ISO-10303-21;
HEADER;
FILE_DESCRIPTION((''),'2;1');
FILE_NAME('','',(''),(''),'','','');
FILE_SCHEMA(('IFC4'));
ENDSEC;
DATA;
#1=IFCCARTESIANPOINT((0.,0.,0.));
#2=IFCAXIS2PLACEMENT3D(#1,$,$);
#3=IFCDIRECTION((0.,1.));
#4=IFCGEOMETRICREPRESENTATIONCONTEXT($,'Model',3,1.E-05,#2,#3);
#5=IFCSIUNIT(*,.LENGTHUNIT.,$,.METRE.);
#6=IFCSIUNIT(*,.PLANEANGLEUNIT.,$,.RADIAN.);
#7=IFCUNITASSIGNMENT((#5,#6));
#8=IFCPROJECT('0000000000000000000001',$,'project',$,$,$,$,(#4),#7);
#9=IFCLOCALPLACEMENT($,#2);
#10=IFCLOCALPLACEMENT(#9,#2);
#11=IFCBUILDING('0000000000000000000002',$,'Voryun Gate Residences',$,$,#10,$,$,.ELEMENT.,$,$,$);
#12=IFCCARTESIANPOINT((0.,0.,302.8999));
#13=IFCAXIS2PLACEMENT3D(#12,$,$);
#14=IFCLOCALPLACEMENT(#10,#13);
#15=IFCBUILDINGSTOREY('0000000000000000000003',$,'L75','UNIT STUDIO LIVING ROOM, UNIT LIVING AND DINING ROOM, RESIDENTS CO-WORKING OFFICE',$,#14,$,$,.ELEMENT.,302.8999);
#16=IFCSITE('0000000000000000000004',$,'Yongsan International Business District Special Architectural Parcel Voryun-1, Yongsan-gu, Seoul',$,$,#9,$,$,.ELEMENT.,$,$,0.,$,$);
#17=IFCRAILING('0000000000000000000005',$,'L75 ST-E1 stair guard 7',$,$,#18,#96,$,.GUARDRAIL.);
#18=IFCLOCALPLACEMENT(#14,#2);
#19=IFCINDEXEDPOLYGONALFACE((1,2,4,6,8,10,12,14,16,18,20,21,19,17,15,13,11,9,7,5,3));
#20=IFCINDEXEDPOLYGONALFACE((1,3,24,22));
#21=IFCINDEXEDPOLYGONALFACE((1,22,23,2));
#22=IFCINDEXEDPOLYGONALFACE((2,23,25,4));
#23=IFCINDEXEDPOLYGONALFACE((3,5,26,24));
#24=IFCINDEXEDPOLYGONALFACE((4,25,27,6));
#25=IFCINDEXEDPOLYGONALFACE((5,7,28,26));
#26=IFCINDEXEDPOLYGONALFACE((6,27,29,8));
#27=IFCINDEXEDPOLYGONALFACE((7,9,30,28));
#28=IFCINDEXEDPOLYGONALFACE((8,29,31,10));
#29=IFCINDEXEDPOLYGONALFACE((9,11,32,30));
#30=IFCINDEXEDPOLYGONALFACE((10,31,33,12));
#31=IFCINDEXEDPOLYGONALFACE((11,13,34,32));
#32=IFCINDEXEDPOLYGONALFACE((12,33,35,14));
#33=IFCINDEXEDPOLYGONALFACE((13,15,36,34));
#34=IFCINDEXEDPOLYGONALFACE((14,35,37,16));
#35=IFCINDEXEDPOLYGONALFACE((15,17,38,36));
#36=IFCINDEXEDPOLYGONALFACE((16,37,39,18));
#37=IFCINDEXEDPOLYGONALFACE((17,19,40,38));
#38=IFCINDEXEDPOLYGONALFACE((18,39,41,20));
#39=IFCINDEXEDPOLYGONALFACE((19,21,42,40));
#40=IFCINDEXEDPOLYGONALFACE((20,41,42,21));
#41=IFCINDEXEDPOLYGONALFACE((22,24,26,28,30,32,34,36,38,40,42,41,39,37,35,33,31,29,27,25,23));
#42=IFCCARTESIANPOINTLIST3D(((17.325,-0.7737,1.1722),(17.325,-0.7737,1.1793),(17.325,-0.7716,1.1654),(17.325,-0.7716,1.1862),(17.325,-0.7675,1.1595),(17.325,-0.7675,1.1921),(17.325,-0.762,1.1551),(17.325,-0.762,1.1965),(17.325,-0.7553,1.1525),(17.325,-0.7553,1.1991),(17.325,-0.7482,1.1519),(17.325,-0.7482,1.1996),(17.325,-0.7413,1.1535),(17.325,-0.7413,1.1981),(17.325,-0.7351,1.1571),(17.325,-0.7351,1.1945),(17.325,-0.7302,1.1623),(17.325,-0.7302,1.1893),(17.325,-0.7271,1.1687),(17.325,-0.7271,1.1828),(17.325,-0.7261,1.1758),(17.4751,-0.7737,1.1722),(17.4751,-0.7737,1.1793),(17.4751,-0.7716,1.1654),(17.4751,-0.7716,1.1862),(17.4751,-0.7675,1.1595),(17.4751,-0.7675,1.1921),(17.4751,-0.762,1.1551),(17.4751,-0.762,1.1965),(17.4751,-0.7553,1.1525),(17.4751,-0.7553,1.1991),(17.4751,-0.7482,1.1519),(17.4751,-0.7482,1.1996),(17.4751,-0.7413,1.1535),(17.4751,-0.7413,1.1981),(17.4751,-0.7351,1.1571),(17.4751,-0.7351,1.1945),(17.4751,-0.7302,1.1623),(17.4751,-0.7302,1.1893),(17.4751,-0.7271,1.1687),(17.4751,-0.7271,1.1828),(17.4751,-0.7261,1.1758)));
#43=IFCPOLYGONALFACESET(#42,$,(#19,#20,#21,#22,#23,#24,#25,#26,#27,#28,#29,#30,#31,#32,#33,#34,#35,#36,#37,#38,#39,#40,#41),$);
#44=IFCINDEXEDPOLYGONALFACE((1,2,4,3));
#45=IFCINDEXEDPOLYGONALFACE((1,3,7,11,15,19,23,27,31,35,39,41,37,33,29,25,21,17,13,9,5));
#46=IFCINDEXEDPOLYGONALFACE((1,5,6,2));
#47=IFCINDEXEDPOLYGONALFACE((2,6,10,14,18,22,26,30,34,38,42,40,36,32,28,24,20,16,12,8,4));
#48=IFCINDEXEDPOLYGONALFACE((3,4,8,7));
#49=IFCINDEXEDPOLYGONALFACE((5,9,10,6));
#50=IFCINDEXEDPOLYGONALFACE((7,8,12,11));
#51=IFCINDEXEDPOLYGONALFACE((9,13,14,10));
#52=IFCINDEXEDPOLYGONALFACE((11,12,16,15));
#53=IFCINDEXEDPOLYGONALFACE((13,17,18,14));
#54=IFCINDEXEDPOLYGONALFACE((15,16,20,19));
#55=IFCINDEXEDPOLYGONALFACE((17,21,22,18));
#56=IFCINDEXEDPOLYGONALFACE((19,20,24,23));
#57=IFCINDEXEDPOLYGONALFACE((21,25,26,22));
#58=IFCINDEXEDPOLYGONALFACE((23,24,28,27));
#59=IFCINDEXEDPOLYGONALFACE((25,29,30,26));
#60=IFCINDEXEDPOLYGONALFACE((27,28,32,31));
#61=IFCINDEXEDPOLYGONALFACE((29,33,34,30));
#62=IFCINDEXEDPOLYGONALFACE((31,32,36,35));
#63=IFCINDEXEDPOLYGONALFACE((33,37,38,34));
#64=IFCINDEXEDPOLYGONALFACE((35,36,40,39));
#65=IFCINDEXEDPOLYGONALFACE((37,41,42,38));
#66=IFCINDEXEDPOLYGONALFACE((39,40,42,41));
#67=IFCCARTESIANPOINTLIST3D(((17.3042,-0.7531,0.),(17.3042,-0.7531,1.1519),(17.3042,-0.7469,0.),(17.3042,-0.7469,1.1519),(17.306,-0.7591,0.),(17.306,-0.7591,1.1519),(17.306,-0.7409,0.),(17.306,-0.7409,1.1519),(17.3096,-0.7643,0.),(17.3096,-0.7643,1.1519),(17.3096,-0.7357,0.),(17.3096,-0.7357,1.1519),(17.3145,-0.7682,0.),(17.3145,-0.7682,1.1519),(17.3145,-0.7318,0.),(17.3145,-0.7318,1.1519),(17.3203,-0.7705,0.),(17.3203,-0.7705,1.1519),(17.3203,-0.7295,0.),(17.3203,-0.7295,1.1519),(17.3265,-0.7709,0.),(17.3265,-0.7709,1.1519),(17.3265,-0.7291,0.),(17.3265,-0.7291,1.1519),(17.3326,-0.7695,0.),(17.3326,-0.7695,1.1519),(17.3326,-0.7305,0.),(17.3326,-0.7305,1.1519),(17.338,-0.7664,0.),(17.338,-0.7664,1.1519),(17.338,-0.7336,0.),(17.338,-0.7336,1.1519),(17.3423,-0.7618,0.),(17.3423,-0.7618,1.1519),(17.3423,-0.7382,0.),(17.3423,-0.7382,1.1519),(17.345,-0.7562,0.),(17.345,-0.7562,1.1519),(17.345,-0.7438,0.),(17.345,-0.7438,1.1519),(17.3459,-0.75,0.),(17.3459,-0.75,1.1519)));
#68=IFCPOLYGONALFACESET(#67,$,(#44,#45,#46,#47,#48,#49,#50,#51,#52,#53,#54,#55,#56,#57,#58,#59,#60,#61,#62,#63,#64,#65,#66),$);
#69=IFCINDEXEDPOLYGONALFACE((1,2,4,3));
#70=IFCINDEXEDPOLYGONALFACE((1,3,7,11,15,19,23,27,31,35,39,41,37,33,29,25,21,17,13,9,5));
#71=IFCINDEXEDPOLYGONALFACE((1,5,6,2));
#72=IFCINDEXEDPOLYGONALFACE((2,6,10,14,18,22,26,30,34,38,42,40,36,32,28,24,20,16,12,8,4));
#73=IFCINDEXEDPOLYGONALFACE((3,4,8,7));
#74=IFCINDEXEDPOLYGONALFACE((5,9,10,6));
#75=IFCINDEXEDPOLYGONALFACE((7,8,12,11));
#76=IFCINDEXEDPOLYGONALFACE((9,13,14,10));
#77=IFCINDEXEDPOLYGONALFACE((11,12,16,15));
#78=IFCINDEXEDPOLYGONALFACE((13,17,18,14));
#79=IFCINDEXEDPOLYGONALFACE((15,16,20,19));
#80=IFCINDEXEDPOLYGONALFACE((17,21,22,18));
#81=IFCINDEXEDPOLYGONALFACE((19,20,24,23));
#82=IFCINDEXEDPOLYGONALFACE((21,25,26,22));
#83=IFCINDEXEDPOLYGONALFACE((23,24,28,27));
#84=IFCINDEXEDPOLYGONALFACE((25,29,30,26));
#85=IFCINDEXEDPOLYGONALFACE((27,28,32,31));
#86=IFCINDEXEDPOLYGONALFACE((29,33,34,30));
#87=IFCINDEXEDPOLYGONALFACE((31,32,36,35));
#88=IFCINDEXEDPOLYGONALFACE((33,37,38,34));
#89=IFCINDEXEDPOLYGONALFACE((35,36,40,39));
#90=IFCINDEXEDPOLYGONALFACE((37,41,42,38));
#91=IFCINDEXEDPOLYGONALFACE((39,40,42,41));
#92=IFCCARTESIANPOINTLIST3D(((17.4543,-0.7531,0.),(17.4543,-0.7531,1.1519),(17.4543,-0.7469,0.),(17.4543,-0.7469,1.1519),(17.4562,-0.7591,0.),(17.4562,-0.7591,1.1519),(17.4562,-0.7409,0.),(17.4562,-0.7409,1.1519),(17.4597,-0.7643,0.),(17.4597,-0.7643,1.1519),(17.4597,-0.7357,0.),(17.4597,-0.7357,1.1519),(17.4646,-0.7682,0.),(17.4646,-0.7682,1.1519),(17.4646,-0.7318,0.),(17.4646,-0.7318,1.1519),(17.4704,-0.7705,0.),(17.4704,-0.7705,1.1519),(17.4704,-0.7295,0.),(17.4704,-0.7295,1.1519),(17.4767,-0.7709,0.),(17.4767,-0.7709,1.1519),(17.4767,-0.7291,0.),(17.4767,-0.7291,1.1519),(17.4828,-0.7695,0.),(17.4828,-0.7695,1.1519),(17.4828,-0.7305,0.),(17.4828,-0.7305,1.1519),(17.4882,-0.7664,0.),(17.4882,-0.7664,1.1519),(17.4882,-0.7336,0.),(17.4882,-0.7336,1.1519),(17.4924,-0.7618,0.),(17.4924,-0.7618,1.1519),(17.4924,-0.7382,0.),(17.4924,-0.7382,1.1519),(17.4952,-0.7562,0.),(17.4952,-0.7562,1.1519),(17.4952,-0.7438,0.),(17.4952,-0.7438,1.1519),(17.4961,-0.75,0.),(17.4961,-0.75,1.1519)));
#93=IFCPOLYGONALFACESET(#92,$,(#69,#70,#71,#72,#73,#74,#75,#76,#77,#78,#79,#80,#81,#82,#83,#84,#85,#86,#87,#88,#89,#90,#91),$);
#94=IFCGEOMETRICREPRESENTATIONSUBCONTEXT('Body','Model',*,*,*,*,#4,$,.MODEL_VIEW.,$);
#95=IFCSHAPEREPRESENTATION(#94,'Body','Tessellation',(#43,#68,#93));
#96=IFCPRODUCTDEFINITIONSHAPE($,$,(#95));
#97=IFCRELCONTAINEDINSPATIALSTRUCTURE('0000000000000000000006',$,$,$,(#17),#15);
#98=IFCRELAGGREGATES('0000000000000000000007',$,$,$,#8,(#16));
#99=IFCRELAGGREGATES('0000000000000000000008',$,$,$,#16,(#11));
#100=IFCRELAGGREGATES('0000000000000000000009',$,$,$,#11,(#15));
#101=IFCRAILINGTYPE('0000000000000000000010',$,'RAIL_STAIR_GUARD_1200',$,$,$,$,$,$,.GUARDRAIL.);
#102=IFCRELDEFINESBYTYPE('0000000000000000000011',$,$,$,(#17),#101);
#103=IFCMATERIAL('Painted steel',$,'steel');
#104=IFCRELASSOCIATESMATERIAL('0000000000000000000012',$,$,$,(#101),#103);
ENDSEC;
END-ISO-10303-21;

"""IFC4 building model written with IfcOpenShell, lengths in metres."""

from ifc_helpers import new_model, si_unit, direction, frame, origin, origin_2d, place, context, subcontext, project, spatial, circle, extrude, material, type_object, element, save


model = new_model("IFC4")

# Units and contexts
model_context = context("Model", 3, precision=1e-05, world=origin(), true_north=direction((0.0, 1.0)))
body_context = subcontext(model_context, "Body", "Model", "MODEL_VIEW")
ifc_project = project(units=[si_unit("LENGTHUNIT", "METRE"), si_unit("PLANEANGLEUNIT", "RADIAN")], contexts=[model_context])

# Site, building, storey
site_placement = place(None, origin())
site = spatial("IfcSite", under=ifc_project, at=site_placement, Name="Yongsan International Business District Special Architectural Parcel Voryun-1, Yongsan-gu, Seoul", CompositionType="ELEMENT", RefElevation=0.0)
building_placement = place(site_placement, origin())
building = spatial("IfcBuilding", under=site, at=building_placement, Name="Voryun Gate Residences", CompositionType="ELEMENT")
storey_placement = place(building_placement, frame((0.0, 0.0, 302.8999)))
storey = spatial("IfcBuildingStorey", under=building, at=storey_placement, Name="L75", Description="UNIT STUDIO LIVING ROOM, UNIT LIVING AND DINING ROOM, RESIDENTS CO-WORKING OFFICE", CompositionType="ELEMENT", Elevation=302.8999)

# Railing
ifc_material_1 = material(Name="Painted steel", Category="steel")
railing_type_1 = type_object("IfcRailingType", Name="RAIL_STAIR_GUARD_1200", PredefinedType="GUARDRAIL", material=ifc_material_1)
railing_1_placement = place(storey_placement, frame((17.325, -0.75, 0.0)))
element("IfcRailing", 1, at=railing_1_placement, inside=storey, type_object=railing_type_1, Name="L75 ST-E1 stair guard 7", PredefinedType="GUARDRAIL", context=body_context, shape_type="SweptSolid", body=[
    extrude(circle(Radius=0.0239, at=origin_2d()), frame((0.0, 0.0, 1.1758), z_axis=(1.0, 0.0, 0.0), x_axis=(0.0, 1.0, 0.0)), (0.0, 0.0, 1.0), 0.1501),
    extrude(circle(Radius=0.021, at=origin_2d()), origin(), (0.0, 0.0, 1.0), 1.1519),
    extrude(circle(Radius=0.021, at=origin_2d()), frame((0.1501, 0.0, 0.0)), (0.0, 0.0, 1.0), 1.1519),
])

save(model, "model.ifc")
